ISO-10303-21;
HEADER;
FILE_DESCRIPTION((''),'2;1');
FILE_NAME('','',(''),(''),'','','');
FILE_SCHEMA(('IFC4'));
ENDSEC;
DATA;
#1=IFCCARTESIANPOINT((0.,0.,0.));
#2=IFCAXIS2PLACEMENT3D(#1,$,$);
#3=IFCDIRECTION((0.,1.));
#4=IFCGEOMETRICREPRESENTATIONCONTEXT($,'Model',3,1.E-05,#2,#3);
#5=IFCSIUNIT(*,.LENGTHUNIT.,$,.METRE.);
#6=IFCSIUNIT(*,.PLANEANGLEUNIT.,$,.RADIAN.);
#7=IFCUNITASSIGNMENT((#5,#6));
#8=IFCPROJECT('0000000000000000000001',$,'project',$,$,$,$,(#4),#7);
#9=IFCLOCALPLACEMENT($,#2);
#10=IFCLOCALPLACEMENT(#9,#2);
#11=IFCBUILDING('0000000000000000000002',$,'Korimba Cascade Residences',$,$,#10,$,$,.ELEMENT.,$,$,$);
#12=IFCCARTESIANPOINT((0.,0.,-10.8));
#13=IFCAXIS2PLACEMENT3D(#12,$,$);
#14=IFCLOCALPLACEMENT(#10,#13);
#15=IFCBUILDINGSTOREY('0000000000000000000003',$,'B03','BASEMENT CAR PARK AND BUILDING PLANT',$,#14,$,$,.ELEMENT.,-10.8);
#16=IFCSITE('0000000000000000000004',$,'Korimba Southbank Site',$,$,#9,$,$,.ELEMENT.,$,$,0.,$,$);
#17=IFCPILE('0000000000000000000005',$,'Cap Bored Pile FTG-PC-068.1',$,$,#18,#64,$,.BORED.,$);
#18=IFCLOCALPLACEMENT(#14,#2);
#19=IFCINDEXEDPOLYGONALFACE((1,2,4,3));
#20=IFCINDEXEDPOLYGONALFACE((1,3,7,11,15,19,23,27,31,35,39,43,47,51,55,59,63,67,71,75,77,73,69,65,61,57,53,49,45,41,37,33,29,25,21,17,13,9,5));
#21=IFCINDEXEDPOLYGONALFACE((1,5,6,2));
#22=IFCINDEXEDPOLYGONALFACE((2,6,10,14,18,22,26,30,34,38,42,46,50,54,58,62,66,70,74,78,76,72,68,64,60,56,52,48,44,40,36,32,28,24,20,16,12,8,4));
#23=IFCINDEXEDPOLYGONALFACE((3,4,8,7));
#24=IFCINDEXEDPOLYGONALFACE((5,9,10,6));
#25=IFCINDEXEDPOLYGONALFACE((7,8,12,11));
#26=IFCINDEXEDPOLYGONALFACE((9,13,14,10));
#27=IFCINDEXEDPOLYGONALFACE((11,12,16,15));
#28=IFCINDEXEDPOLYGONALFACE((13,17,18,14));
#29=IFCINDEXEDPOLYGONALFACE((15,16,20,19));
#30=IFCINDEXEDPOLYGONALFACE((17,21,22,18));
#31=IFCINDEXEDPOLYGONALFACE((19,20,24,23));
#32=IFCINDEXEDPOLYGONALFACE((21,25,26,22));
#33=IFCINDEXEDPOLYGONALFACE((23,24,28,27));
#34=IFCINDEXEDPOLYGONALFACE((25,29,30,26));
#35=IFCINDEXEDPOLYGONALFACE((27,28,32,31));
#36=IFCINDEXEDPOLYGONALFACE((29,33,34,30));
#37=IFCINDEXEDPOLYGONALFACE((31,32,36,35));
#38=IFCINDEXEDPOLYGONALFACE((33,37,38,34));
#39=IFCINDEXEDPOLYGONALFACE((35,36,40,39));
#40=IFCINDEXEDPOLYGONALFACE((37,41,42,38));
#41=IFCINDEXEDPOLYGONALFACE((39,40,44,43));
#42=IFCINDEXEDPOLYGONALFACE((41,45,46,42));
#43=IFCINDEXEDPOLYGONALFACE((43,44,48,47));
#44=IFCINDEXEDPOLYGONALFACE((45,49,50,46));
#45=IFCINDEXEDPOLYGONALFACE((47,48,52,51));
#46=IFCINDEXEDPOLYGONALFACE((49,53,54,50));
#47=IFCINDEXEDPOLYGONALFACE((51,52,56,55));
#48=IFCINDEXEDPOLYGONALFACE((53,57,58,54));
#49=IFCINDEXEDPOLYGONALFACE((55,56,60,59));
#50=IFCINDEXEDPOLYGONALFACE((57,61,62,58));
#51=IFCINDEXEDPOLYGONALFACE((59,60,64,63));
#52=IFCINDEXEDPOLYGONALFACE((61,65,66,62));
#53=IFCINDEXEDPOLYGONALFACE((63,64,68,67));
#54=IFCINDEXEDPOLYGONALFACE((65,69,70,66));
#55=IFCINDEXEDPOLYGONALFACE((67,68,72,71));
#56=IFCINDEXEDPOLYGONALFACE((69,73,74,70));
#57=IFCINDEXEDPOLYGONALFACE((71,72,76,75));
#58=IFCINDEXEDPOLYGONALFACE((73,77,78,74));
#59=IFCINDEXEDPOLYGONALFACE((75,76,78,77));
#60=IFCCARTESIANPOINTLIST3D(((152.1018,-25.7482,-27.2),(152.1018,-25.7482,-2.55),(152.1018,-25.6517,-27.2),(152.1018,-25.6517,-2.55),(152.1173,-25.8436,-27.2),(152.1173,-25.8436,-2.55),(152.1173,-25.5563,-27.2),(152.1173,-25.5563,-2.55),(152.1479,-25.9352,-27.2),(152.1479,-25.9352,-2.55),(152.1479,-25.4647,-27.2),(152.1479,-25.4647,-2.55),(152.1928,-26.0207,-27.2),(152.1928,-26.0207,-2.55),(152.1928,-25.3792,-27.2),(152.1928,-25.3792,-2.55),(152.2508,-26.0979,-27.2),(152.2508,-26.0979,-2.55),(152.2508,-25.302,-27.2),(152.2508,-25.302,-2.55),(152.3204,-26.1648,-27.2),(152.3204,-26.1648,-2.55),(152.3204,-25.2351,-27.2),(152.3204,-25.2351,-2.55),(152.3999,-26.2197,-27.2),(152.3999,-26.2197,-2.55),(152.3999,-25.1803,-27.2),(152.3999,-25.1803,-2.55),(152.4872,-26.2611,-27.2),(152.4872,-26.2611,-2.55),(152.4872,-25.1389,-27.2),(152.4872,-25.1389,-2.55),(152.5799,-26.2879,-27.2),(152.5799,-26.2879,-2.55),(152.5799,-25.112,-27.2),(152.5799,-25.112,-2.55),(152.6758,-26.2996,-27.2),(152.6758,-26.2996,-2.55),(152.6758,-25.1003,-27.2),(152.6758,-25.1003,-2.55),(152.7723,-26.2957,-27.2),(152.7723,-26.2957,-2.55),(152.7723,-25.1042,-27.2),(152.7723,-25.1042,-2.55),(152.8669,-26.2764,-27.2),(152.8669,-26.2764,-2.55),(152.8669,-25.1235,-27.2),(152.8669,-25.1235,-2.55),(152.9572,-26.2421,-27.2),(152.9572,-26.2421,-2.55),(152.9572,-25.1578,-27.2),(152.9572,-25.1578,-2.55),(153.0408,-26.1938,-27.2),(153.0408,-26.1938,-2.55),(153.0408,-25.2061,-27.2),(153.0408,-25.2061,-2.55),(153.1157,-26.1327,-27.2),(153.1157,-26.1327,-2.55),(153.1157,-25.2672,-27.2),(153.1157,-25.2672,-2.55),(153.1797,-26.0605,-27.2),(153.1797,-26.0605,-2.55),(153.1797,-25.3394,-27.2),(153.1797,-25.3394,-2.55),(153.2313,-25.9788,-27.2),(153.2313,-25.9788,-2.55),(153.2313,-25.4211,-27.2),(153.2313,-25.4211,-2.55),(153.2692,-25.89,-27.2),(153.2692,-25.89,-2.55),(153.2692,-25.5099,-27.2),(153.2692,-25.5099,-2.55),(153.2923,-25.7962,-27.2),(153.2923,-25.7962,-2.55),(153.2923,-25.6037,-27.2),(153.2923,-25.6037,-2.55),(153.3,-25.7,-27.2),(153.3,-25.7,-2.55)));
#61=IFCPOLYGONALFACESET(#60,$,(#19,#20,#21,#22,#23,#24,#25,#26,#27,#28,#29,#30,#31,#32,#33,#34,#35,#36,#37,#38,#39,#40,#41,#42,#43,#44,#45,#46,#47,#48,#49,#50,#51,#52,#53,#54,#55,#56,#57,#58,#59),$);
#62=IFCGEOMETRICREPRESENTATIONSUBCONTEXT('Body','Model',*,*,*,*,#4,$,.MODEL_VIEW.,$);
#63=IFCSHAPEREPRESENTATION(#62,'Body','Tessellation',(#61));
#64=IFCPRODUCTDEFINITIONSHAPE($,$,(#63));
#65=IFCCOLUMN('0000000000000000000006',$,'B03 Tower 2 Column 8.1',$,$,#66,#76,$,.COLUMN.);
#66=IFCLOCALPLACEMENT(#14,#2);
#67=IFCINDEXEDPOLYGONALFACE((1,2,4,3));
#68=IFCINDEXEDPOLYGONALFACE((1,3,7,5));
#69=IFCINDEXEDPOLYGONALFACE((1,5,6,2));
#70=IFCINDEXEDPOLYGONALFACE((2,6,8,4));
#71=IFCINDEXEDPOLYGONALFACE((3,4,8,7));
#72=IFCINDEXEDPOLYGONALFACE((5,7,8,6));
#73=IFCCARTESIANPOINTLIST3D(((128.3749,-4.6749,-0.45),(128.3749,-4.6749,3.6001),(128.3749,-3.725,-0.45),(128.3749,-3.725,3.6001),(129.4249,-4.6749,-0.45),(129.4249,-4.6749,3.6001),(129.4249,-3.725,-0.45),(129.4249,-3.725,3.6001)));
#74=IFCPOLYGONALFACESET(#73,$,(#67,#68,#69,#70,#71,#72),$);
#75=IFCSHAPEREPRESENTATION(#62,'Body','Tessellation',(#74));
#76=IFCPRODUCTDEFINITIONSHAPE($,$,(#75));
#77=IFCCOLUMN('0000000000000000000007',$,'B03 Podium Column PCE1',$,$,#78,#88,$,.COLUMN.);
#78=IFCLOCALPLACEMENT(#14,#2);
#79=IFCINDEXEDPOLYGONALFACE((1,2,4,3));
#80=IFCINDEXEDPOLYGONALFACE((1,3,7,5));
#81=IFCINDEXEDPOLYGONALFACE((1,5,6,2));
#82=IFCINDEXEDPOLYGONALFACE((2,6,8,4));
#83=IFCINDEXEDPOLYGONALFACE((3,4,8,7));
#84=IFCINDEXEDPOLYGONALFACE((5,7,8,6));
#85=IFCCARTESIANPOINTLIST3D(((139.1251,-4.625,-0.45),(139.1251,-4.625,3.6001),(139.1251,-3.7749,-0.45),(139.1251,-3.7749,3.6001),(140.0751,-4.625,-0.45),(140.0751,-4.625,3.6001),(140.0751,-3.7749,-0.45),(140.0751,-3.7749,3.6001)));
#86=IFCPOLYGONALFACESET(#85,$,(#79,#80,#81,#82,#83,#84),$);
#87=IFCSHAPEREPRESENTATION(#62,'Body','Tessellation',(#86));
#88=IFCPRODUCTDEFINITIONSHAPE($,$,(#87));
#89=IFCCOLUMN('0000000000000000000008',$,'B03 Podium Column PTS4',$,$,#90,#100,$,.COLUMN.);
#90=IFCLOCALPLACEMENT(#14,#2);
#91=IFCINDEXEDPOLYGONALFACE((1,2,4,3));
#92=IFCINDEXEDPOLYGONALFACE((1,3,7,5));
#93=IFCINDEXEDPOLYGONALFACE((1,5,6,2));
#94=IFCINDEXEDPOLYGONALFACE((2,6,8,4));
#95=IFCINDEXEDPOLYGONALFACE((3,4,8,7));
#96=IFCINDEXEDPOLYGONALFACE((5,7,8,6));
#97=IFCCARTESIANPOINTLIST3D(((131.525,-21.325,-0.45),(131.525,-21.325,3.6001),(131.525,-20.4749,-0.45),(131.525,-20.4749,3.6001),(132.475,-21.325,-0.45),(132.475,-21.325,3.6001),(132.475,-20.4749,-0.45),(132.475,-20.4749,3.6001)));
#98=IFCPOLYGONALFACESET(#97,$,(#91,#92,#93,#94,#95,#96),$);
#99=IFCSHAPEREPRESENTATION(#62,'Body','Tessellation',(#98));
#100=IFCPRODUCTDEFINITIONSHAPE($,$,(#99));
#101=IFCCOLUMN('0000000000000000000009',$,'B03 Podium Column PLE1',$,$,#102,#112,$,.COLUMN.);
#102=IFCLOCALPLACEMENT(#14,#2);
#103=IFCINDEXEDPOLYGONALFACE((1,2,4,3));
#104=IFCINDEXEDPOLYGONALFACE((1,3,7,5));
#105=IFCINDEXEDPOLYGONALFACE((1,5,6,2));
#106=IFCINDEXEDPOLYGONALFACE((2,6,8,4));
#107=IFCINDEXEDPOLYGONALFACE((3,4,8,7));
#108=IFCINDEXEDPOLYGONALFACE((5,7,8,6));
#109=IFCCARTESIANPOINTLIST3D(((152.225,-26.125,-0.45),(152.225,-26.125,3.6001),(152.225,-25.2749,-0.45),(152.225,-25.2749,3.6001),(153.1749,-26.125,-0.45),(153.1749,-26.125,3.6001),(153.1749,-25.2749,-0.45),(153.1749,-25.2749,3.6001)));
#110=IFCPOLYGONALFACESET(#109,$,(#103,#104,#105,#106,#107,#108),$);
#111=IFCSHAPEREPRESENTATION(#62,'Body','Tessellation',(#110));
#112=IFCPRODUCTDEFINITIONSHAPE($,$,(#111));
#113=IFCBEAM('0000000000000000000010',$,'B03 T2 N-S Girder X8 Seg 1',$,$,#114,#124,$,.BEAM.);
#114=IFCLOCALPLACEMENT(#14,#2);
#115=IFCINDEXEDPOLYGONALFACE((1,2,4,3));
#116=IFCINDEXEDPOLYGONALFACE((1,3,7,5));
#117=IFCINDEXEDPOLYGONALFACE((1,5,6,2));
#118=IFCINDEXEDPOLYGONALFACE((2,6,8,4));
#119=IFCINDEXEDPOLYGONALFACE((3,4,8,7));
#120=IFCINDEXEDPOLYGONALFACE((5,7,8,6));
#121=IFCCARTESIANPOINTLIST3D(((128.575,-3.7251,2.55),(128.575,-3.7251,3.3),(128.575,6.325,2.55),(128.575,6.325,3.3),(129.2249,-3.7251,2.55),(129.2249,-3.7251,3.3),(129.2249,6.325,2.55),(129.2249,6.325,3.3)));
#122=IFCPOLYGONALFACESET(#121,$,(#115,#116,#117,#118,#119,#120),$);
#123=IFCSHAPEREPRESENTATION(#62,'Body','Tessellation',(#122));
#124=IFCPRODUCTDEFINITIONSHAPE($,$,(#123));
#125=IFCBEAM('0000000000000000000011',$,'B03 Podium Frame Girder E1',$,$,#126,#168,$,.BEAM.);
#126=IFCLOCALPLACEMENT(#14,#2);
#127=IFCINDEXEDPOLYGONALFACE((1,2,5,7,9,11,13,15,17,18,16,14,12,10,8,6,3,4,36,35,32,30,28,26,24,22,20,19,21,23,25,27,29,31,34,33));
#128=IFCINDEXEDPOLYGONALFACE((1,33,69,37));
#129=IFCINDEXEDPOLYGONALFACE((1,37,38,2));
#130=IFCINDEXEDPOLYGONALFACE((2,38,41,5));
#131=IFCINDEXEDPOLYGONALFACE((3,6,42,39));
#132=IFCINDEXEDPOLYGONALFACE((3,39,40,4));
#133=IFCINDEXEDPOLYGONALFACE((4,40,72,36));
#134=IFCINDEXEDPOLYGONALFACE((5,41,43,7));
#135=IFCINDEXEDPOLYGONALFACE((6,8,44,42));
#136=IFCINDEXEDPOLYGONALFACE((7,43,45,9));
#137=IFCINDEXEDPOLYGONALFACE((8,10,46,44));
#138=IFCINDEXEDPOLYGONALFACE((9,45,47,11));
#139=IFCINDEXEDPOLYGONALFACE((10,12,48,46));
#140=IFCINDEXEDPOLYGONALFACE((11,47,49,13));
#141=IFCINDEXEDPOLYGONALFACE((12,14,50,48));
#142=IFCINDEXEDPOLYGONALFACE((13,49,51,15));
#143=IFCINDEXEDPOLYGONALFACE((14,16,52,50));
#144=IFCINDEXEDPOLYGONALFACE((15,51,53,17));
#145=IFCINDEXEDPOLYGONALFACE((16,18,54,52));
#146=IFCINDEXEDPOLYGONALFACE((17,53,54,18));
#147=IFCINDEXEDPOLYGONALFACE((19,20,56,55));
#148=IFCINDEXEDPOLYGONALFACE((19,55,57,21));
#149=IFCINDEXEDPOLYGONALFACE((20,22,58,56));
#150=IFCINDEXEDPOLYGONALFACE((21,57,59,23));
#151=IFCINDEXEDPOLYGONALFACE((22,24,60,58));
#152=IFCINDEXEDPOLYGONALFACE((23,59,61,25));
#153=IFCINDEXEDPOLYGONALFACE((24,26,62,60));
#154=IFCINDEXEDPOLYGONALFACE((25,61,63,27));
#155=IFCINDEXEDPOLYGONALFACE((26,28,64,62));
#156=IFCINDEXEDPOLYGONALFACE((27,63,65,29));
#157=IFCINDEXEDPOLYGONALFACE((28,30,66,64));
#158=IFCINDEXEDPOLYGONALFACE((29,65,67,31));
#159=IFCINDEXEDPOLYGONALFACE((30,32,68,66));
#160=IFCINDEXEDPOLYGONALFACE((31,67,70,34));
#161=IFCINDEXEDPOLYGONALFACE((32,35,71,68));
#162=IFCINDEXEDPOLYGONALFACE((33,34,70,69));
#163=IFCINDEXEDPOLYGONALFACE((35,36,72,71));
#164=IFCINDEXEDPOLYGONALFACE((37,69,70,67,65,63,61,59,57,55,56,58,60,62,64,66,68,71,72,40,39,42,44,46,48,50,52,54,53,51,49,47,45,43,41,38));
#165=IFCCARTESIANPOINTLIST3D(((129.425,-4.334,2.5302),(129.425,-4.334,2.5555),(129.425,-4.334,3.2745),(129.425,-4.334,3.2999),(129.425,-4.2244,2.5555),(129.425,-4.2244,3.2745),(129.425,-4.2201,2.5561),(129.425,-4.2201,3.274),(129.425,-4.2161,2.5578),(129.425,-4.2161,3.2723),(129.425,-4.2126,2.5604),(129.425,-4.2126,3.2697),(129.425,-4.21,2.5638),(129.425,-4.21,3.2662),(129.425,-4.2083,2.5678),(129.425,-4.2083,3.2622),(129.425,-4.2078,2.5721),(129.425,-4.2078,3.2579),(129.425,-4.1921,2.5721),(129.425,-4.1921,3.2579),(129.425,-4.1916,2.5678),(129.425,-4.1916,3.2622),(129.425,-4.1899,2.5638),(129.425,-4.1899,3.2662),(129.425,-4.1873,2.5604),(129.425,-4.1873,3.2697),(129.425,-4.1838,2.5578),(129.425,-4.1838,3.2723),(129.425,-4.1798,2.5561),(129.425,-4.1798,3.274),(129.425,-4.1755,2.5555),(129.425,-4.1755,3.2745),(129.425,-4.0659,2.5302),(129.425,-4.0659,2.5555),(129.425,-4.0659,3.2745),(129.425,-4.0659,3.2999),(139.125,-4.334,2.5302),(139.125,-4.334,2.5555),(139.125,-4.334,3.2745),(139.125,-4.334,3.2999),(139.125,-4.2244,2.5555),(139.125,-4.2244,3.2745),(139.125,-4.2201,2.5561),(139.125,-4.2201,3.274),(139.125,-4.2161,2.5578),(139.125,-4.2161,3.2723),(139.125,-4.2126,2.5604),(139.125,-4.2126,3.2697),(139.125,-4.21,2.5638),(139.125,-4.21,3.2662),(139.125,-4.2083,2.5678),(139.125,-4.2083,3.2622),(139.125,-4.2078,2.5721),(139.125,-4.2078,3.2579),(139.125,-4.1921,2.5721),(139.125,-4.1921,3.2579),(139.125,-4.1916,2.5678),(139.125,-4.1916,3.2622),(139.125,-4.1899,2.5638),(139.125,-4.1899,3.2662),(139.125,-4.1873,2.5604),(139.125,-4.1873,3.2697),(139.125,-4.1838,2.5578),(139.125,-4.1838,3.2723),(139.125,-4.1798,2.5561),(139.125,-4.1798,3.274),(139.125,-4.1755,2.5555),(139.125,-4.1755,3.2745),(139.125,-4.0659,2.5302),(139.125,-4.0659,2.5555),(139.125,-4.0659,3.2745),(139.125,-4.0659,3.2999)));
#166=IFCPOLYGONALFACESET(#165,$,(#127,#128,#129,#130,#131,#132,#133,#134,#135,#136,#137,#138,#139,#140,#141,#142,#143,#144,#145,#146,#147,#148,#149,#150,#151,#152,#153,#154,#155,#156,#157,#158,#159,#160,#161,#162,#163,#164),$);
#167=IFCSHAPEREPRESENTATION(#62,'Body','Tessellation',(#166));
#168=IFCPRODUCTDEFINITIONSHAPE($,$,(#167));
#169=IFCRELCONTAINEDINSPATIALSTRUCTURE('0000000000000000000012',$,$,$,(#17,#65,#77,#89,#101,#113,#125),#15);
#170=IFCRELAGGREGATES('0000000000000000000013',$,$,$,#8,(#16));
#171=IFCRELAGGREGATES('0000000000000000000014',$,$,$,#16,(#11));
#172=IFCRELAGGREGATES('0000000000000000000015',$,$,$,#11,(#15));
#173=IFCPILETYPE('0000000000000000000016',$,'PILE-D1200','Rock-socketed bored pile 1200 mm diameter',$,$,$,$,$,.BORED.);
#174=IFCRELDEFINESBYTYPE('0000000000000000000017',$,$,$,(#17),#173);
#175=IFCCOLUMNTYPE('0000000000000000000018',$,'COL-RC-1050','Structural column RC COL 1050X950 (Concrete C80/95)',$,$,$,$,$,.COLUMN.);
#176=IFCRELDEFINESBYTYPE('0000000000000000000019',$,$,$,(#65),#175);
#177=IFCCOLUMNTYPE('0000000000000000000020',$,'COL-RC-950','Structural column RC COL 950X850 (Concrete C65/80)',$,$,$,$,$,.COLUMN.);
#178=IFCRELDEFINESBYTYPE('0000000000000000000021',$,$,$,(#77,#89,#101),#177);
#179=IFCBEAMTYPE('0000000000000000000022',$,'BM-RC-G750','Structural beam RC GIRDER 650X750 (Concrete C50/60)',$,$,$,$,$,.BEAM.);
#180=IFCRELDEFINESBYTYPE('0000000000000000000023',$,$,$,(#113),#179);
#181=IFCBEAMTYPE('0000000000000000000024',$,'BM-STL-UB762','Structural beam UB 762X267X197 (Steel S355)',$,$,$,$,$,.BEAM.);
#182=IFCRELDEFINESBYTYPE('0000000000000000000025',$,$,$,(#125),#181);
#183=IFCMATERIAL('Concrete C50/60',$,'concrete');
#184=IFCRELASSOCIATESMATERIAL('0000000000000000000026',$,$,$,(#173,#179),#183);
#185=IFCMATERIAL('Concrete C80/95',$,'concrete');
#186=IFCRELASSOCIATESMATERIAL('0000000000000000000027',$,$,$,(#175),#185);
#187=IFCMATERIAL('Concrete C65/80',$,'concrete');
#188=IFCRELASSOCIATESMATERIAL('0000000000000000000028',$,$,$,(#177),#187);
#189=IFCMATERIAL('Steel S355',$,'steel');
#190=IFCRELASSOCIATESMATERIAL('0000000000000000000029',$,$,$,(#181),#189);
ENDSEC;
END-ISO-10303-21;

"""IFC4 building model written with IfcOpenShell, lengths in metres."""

from ifc_helpers import new_model, si_unit, direction, frame, origin, origin_2d, place, context, subcontext, project, spatial, rectangle, circle, i_section, extrude, material, material_profile, profile_set, type_object, element, save


model = new_model("IFC4")

# Units and contexts
model_context = context("Model", 3, precision=1e-05, world=origin(), true_north=direction((0.0, 1.0)))
body_context = subcontext(model_context, "Body", "Model", "MODEL_VIEW")
ifc_project = project(units=[si_unit("LENGTHUNIT", "METRE"), si_unit("PLANEANGLEUNIT", "RADIAN")], contexts=[model_context])

# Site, building, storey
site_placement = place(None, origin())
site = spatial("IfcSite", under=ifc_project, at=site_placement, Name="Korimba Southbank Site", CompositionType="ELEMENT", RefElevation=0.0)
building_placement = place(site_placement, origin())
building = spatial("IfcBuilding", under=site, at=building_placement, Name="Korimba Cascade Residences", CompositionType="ELEMENT")
storey_placement = place(building_placement, frame((0.0, 0.0, -10.8)))
storey = spatial("IfcBuildingStorey", under=building, at=storey_placement, Name="B03", Description="BASEMENT CAR PARK AND BUILDING PLANT", CompositionType="ELEMENT", Elevation=-10.8)

# Pile
ifc_material_1 = material(Name="Concrete C50/60", Category="concrete")
ifc_material_profile_1 = material_profile(ifc_material_1, circle(Radius=0.6001, at=origin_2d()), Name="Concrete C50/60")
ifc_profile_set_1 = profile_set([ifc_material_profile_1], Name="Concrete C50/60")
pile_type = type_object("IfcPileType", Name="PILE-D1200", Description="Rock-socketed bored pile 1200 mm diameter", PredefinedType="BORED", material=ifc_profile_set_1)
for number, where, z_axis, x_axis, name in (
    (1, (152.7, -25.7, -2.55), (0.0, 0.0, -1.0), (1.0, 0.0, 0.0), "Cap Bored Pile FTG-PC-068.1"),
):
    element("IfcPile", number, at=place(storey_placement, frame(where, z_axis=z_axis, x_axis=x_axis)), inside=storey, type_object=pile_type, Name=name, PredefinedType="BORED", context=body_context, shape_type="SweptSolid", body=[
        extrude(circle(Radius=0.6001, at=origin_2d()), origin(), (0.0, 0.0, 1.0), 24.6499),
    ])

# Columns
ifc_material_2 = material(Name="Concrete C80/95", Category="concrete")
ifc_material_profile_2 = material_profile(ifc_material_2, rectangle(XDim=1.05, YDim=0.95, at=origin_2d()), Name="Concrete C80/95")
ifc_profile_set_2 = profile_set([ifc_material_profile_2], Name="Concrete C80/95")
column_type_1 = type_object("IfcColumnType", Name="COL-RC-1050", Description="Structural column RC COL 1050X950 (Concrete C80/95)", PredefinedType="COLUMN", material=ifc_profile_set_2)
column_placement = place(storey_placement, frame((128.8999, -4.2, -0.45), z_axis=(0.0, 0.0, 1.0), x_axis=(1.0, 0.0, 0.0)))
element("IfcColumn", 2, at=column_placement, inside=storey, type_object=column_type_1, Name="B03 Tower 2 Column 8.1", PredefinedType="COLUMN", context=body_context, shape_type="SweptSolid", body=[
    extrude(rectangle(XDim=1.05, YDim=0.95, at=origin_2d()), origin(), (0.0, 0.0, 1.0), 4.05),
])
ifc_material_3 = material(Name="Concrete C65/80", Category="concrete")
ifc_material_profile_3 = material_profile(ifc_material_3, rectangle(XDim=0.95, YDim=0.8501, at=origin_2d()), Name="Concrete C65/80")
ifc_profile_set_3 = profile_set([ifc_material_profile_3], Name="Concrete C65/80")
column_type_2 = type_object("IfcColumnType", Name="COL-RC-950", Description="Structural column RC COL 950X850 (Concrete C65/80)", PredefinedType="COLUMN", material=ifc_profile_set_3)
for number, where, z_axis, x_axis, name in (
    (3, (139.6001, -4.2, -0.45), (0.0, 0.0, 1.0), (1.0, 0.0, 0.0), "B03 Podium Column PCE1"),
    (4, (132.0, -20.8999, -0.45), (0.0, 0.0, 1.0), (1.0, 0.0, 0.0), "B03 Podium Column PTS4"),
    (5, (152.7, -25.7, -0.45), (0.0, 0.0, 1.0), (1.0, 0.0, 0.0), "B03 Podium Column PLE1"),
):
    element("IfcColumn", number, at=place(storey_placement, frame(where, z_axis=z_axis, x_axis=x_axis)), inside=storey, type_object=column_type_2, Name=name, PredefinedType="COLUMN", context=body_context, shape_type="SweptSolid", body=[
        extrude(rectangle(XDim=0.95, YDim=0.8501, at=origin_2d()), origin(), (0.0, 0.0, 1.0), 4.05),
    ])

# Beams
ifc_material_profile_4 = material_profile(ifc_material_1, rectangle(XDim=0.6499, YDim=0.75, at=origin_2d()), Name="Concrete C50/60")
ifc_profile_set_4 = profile_set([ifc_material_profile_4], Name="Concrete C50/60")
beam_type_1 = type_object("IfcBeamType", Name="BM-RC-G750", Description="Structural beam RC GIRDER 650X750 (Concrete C50/60)", PredefinedType="BEAM", material=ifc_profile_set_4)
beam_1_placement = place(storey_placement, frame((128.8999, -3.7251, 2.925), z_axis=(0.0, 1.0, 0.0), x_axis=(-1.0, 0.0, 0.0)))
element("IfcBeam", 6, at=beam_1_placement, inside=storey, type_object=beam_type_1, Name="B03 T2 N-S Girder X8 Seg 1", PredefinedType="BEAM", context=body_context, shape_type="SweptSolid", body=[
    extrude(rectangle(XDim=0.6499, YDim=0.75, at=origin_2d()), origin(), (0.0, 0.0, 1.0), 10.05),
])
ifc_material_4 = material(Name="Steel S355", Category="steel")
ifc_material_profile_5 = material_profile(ifc_material_4, i_section(OverallWidth=0.2681, OverallDepth=0.7698, WebThickness=0.0156, FlangeThickness=0.0254, FilletRadius=0.0166, at=origin_2d()), Name="Steel S355")
ifc_profile_set_5 = profile_set([ifc_material_profile_5], Name="Steel S355")
beam_type_2 = type_object("IfcBeamType", Name="BM-STL-UB762", Description="Structural beam UB 762X267X197 (Steel S355)", PredefinedType="BEAM", material=ifc_profile_set_5)
beam_2_placement = place(storey_placement, frame((129.425, -4.2, 2.915), z_axis=(1.0, 0.0, 0.0), x_axis=(0.0, 1.0, 0.0)))
element("IfcBeam", 7, at=beam_2_placement, inside=storey, type_object=beam_type_2, Name="B03 Podium Frame Girder E1", PredefinedType="BEAM", context=body_context, shape_type="SweptSolid", body=[
    extrude(i_section(OverallWidth=0.2681, OverallDepth=0.7698, WebThickness=0.0156, FlangeThickness=0.0254, FilletRadius=0.0166, at=origin_2d()), origin(), (0.0, 0.0, 1.0), 9.7),
])

save(model, "model.ifc")
